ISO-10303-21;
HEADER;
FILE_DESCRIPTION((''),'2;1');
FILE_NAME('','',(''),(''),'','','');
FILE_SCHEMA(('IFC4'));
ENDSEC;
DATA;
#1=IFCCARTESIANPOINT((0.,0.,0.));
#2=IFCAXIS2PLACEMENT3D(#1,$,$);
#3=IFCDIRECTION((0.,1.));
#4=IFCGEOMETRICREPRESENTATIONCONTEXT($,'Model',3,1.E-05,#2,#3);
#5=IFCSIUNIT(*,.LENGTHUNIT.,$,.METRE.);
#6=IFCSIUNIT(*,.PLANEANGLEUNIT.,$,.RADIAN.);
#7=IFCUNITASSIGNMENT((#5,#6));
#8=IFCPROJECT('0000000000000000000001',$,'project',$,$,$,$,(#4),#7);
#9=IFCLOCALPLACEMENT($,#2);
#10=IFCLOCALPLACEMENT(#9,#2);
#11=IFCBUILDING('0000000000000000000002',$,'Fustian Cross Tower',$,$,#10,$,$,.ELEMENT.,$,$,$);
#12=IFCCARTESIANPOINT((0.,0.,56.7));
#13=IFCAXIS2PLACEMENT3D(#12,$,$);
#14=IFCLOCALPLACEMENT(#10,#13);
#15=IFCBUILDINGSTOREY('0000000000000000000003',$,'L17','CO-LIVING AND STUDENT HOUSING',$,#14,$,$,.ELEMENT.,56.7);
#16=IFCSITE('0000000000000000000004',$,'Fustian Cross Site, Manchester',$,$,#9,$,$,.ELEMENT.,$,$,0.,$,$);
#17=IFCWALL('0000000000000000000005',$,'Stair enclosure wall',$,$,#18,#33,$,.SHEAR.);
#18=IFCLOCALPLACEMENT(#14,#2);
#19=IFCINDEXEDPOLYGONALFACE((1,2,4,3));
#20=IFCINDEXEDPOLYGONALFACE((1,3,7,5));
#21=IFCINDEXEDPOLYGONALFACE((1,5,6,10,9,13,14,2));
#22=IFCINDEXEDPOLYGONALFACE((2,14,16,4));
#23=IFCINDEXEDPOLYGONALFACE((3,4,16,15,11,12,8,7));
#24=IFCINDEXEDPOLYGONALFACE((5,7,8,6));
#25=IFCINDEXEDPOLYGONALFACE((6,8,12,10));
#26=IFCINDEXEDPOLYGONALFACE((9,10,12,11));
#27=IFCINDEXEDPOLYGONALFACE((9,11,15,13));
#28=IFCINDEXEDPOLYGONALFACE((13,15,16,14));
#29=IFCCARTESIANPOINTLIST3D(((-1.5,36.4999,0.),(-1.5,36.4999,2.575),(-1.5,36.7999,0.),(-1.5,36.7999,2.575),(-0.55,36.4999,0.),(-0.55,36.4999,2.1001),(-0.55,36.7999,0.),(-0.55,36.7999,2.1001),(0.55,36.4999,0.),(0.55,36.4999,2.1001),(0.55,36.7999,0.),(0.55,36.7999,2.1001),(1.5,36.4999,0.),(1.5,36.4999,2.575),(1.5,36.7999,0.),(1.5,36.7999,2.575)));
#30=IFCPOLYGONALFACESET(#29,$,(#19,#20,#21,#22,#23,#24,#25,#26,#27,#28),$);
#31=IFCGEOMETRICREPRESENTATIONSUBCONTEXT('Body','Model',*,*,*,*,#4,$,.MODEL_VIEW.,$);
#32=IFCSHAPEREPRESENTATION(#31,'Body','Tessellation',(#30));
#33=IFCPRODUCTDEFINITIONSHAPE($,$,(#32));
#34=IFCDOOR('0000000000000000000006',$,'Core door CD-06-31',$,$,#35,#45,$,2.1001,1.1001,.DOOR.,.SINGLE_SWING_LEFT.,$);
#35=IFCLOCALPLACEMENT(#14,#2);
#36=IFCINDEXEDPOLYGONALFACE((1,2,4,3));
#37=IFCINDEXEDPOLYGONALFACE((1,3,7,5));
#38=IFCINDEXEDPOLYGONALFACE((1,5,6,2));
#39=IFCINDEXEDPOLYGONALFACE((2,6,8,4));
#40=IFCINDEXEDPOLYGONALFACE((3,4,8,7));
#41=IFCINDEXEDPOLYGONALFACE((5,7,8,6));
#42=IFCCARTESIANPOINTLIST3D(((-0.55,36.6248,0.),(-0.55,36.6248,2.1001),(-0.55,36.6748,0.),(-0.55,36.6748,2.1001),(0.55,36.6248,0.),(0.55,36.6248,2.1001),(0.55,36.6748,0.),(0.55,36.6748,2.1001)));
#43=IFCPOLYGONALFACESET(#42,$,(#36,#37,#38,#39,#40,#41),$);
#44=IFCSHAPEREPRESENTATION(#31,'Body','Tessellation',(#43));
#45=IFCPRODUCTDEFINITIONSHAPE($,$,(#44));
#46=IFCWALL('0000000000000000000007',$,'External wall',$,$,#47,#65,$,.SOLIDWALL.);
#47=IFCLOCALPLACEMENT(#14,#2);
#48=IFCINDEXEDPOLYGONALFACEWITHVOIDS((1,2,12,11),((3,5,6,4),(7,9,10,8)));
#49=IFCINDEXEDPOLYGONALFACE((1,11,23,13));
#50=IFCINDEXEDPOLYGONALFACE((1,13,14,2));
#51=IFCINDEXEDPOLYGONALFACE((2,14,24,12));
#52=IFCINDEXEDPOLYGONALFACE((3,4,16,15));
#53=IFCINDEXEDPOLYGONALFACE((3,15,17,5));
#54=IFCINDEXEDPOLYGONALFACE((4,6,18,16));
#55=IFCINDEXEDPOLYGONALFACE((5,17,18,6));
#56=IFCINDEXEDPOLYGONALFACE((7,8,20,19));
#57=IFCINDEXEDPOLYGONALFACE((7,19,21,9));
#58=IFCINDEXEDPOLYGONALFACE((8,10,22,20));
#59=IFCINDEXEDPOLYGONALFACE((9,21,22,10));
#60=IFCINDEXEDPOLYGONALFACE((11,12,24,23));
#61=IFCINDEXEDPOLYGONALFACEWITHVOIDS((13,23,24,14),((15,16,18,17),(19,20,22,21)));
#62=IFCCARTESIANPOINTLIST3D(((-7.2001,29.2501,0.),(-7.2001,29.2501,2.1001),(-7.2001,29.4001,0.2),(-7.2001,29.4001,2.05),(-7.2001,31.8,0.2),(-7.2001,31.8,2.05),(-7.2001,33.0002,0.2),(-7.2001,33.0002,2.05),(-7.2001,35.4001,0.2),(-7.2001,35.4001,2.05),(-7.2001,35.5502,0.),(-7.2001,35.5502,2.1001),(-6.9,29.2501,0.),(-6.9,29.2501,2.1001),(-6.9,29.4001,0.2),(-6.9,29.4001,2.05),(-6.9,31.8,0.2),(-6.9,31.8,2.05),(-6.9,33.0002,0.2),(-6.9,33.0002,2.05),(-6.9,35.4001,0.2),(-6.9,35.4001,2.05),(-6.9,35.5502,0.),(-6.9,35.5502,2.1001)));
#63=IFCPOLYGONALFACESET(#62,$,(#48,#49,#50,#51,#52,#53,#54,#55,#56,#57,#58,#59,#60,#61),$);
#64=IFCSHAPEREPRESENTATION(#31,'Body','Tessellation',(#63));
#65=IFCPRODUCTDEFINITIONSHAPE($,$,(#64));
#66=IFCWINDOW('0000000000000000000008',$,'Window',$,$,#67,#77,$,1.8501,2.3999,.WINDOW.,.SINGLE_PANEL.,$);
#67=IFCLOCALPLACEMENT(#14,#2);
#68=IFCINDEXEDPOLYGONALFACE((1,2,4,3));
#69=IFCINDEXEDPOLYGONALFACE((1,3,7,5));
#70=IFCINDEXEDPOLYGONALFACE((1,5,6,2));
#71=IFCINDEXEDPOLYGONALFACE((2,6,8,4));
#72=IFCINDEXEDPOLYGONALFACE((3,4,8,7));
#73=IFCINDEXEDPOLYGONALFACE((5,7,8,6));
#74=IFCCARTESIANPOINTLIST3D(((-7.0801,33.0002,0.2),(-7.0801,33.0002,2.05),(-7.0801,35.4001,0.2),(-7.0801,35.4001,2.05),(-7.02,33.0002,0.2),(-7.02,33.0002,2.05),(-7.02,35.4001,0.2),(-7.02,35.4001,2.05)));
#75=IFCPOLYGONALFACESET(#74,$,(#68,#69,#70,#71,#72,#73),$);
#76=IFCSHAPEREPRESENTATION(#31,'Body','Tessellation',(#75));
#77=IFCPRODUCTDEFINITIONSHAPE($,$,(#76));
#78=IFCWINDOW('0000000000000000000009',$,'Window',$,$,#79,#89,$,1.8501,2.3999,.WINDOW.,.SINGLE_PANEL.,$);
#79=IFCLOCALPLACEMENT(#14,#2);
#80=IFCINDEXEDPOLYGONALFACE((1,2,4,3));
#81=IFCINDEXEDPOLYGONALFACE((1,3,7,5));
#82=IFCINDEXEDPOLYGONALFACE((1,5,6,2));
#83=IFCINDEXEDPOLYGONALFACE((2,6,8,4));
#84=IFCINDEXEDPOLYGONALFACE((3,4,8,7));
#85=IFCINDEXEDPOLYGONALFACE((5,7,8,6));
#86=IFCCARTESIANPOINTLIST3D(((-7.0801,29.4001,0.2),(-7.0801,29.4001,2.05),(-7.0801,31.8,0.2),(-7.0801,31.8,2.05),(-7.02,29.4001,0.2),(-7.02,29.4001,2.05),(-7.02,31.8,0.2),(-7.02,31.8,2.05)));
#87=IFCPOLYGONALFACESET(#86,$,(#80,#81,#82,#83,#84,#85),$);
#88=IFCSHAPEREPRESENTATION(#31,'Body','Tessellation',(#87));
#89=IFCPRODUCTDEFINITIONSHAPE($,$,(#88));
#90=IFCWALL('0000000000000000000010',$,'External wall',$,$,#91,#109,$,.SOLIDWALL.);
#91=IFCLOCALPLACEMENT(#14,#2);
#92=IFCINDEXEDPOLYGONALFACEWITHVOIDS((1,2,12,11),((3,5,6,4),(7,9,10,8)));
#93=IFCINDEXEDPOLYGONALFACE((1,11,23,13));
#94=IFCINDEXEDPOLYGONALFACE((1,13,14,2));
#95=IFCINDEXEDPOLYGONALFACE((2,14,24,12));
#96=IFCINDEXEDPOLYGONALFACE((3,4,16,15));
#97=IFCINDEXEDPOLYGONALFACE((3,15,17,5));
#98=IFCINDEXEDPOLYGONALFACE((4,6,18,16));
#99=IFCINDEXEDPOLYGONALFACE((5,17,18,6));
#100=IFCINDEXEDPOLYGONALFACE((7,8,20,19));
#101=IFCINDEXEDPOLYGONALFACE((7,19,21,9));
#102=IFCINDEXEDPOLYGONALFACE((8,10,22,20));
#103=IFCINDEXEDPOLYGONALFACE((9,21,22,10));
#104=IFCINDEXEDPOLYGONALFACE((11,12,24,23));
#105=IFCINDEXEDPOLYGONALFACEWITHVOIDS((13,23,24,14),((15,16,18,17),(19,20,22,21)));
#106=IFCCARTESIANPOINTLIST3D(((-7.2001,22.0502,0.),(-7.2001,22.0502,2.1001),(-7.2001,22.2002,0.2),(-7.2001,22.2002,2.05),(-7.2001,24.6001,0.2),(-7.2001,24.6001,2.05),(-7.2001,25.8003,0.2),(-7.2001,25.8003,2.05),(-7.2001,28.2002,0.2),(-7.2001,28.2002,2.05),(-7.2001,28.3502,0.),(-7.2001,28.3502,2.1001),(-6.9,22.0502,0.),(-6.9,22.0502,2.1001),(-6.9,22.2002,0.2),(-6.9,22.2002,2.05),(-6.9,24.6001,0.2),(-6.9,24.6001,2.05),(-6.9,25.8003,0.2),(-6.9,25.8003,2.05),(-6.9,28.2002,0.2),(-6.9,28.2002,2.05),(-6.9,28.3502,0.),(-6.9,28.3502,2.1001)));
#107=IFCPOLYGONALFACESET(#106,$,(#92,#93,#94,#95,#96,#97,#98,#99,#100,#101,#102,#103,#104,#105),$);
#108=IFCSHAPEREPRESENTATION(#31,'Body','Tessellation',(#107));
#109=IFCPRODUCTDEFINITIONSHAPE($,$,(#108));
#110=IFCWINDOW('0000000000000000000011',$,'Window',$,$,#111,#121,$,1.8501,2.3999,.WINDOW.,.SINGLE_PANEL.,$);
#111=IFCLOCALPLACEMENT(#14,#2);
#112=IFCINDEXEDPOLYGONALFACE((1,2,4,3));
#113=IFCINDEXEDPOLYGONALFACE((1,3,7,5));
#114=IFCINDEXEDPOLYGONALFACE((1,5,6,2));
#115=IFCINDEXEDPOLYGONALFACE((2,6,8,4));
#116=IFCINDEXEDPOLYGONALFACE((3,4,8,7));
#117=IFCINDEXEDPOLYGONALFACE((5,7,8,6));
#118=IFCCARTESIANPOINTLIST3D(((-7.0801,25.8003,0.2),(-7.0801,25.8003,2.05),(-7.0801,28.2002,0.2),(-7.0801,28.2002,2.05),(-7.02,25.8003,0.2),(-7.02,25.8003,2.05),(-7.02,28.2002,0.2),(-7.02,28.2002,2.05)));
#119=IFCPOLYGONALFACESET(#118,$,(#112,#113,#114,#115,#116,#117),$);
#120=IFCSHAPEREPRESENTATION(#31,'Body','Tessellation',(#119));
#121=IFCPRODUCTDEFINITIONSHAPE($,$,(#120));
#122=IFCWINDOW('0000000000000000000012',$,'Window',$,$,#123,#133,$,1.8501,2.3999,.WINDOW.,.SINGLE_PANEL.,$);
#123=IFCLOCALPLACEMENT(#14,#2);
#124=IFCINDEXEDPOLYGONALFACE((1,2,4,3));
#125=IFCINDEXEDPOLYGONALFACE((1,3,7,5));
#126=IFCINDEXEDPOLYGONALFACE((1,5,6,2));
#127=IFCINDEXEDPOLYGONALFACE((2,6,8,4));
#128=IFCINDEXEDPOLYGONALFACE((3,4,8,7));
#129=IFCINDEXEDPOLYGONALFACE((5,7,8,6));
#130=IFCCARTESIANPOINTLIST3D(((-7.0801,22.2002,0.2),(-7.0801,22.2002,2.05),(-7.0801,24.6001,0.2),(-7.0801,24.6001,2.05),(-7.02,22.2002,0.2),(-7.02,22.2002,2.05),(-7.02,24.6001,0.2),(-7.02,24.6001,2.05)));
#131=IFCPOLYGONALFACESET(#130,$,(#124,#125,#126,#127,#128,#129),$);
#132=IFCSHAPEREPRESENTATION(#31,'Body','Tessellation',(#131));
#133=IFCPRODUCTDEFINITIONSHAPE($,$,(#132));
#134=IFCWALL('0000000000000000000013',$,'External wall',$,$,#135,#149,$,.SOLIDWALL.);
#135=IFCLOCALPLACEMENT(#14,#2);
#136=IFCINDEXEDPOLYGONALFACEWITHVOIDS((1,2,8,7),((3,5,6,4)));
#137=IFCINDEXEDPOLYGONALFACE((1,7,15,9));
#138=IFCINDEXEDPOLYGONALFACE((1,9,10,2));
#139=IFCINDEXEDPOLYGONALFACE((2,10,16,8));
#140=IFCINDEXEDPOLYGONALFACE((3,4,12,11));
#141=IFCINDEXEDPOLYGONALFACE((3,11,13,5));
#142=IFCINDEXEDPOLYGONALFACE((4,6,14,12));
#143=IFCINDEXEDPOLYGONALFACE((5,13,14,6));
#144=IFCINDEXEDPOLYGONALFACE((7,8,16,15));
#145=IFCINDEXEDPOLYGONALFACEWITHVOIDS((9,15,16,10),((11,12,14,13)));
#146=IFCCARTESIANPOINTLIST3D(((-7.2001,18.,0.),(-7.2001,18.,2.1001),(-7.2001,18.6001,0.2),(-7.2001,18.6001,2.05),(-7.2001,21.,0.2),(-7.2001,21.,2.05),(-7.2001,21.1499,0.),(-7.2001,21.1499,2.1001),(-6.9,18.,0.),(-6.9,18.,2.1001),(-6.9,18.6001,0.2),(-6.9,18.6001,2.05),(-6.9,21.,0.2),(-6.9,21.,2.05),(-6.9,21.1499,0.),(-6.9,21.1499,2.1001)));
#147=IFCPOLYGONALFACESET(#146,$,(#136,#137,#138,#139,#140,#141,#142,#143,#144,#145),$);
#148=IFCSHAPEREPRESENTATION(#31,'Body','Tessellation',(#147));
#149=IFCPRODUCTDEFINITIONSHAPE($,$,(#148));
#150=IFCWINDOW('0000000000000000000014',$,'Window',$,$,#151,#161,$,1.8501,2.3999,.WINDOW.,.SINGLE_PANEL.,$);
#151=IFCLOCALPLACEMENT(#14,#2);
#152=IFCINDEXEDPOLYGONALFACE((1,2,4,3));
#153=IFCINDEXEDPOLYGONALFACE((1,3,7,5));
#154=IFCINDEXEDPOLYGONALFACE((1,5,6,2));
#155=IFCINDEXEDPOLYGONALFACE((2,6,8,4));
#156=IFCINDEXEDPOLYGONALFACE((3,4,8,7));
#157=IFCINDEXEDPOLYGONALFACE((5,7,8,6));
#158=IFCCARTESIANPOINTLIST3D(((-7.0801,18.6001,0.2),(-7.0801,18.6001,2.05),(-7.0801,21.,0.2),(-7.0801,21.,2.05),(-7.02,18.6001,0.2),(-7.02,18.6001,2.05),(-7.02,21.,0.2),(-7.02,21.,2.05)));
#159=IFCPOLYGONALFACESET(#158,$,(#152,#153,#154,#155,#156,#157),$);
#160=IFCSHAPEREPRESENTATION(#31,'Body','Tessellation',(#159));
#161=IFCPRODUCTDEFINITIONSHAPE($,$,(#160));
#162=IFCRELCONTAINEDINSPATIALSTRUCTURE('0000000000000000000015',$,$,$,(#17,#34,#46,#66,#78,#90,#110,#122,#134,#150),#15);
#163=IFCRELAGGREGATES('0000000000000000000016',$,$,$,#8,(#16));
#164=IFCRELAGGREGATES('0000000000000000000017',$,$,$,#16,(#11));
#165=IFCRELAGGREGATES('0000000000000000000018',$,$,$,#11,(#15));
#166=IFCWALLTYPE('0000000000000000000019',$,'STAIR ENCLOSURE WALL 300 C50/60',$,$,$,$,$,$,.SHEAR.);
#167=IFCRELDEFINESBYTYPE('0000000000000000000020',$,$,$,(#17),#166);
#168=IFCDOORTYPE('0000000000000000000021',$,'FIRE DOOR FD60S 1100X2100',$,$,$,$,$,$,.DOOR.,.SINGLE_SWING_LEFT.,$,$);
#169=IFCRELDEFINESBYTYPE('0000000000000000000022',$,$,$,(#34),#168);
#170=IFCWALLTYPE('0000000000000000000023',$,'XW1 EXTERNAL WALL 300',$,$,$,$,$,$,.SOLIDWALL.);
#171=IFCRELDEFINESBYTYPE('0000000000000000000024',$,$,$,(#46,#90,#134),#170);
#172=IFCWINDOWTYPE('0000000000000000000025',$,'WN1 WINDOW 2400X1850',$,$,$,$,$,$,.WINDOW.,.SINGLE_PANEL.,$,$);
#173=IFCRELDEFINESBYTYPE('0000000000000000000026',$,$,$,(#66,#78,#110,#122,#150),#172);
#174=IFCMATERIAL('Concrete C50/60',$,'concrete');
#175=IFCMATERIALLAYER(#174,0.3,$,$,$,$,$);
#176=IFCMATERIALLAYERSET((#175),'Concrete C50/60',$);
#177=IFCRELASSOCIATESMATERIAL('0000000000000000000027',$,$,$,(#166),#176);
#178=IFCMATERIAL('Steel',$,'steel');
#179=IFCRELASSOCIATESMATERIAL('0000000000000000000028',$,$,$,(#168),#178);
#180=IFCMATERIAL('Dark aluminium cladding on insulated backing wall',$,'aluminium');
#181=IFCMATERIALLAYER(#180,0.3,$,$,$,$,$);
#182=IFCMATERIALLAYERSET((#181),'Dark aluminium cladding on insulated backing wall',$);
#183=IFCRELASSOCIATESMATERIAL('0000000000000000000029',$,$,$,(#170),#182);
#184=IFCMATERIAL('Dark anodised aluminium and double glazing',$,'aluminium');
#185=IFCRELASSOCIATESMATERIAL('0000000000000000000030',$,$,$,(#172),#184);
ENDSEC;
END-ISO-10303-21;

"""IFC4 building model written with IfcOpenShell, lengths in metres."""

from ifc_helpers import new_model, si_unit, direction, frame, frame_2d, origin, place, context, subcontext, project, spatial, rectangle, extrude, material, layer, layer_set, type_object, element, fill, save


model = new_model("IFC4")

# Units and contexts
model_context = context("Model", 3, precision=1e-05, world=origin(), true_north=direction((0.0, 1.0)))
body_context = subcontext(model_context, "Body", "Model", "MODEL_VIEW")
ifc_project = project(units=[si_unit("LENGTHUNIT", "METRE"), si_unit("PLANEANGLEUNIT", "RADIAN")], contexts=[model_context])

# Site, building, storey
site_placement = place(None, origin())
site = spatial("IfcSite", under=ifc_project, at=site_placement, Name="Fustian Cross Site, Manchester", CompositionType="ELEMENT", RefElevation=0.0)
building_placement = place(site_placement, origin())
building = spatial("IfcBuilding", under=site, at=building_placement, Name="Fustian Cross Tower", CompositionType="ELEMENT")
storey_placement = place(building_placement, frame((0.0, 0.0, 56.7)))
storey = spatial("IfcBuildingStorey", under=building, at=storey_placement, Name="L17", Description="CO-LIVING AND STUDENT HOUSING", CompositionType="ELEMENT", Elevation=56.7)

# Wall, opening, door
ifc_material_1 = material(Name="Concrete C50/60", Category="concrete")
ifc_layer_1 = layer(ifc_material_1, 0.3)
ifc_layer_set_1 = layer_set([ifc_layer_1], Name="Concrete C50/60")
wall_type_1 = type_object("IfcWallType", Name="STAIR ENCLOSURE WALL 300 C50/60", PredefinedType="SHEAR", material=ifc_layer_set_1)
wall_1_placement = place(storey_placement, frame((-1.5, 36.6499, 0.0), z_axis=(0.0, 0.0, 1.0), x_axis=(1.0, 0.0, 0.0)))
wall_1 = element("IfcWall", 1, at=wall_1_placement, inside=storey, type_object=wall_type_1, Name="Stair enclosure wall", PredefinedType="SHEAR", context=body_context, shape_type="SweptSolid", body=[
    extrude(rectangle(XDim=3.0, YDim=0.3, at=frame_2d((1.5, 0.0))), origin(), (0.0, 0.0, 1.0), 2.575),
])
opening_1_placement = place(wall_1_placement, frame((0.95, 0.0, 0.0)))
opening_1 = element("IfcOpeningElement", 2, at=opening_1_placement, cuts=wall_1, PredefinedType="OPENING", context=body_context, shape_type="SweptSolid", body=[
    extrude(rectangle(XDim=1.1001, YDim=2.1001, at=frame_2d((0.55, 1.05))), frame((0.0, 0.1599, 0.0), z_axis=(0.0, -1.0, 0.0), x_axis=(1.0, 0.0, 0.0)), (0.0, 0.0, 1.0), 0.3201),
])
ifc_material_2 = material(Name="Steel", Category="steel")
door_type_1 = type_object("IfcDoorType", Name="FIRE DOOR FD60S 1100X2100", OperationType="SINGLE_SWING_LEFT", PredefinedType="DOOR", material=ifc_material_2)
door_1_placement = place(opening_1_placement, origin())
door_1 = element("IfcDoor", 3, at=door_1_placement, inside=storey, type_object=door_type_1, Name="Core door CD-06-31", OperationType="SINGLE_SWING_LEFT", OverallHeight=2.1001, OverallWidth=1.1001, PredefinedType="DOOR", context=body_context, shape_type="SweptSolid", body=[
    extrude(rectangle(XDim=1.1001, YDim=2.1001, at=frame_2d((0.55, 1.05))), frame((0.0, 0.0249, 0.0), z_axis=(0.0, -1.0, 0.0), x_axis=(1.0, 0.0, 0.0)), (0.0, 0.0, 1.0), 0.05),
])
fill(opening_1, door_1)

# Walls, openings, windows
ifc_material_3 = material(Name="Dark aluminium cladding on insulated backing wall", Category="aluminium")
ifc_layer_2 = layer(ifc_material_3, 0.3)
ifc_layer_set_2 = layer_set([ifc_layer_2], Name="Dark aluminium cladding on insulated backing wall")
wall_type_2 = type_object("IfcWallType", Name="XW1 EXTERNAL WALL 300", PredefinedType="SOLIDWALL", material=ifc_layer_set_2)
wall_2_placement = place(storey_placement, frame((-7.05, 35.55, 0.0), z_axis=(0.0, 0.0, 1.0), x_axis=(0.0, -1.0, 0.0)))
wall_2 = element("IfcWall", 4, at=wall_2_placement, inside=storey, type_object=wall_type_2, Name="External wall", PredefinedType="SOLIDWALL", context=body_context, shape_type="SweptSolid", body=[
    extrude(rectangle(XDim=6.3, YDim=0.3, at=frame_2d((3.1499, 0.0))), origin(), (0.0, 0.0, 1.0), 2.1001),
])
opening_2_placement = place(wall_2_placement, frame((0.1499, 0.0, 0.2)))
opening_2 = element("IfcOpeningElement", 5, at=opening_2_placement, cuts=wall_2, PredefinedType="OPENING", context=body_context, shape_type="SweptSolid", body=[
    extrude(rectangle(XDim=2.3999, YDim=1.8501, at=frame_2d((1.2, 0.925))), frame((0.0, 0.1599, 0.0), z_axis=(0.0, -1.0, 0.0), x_axis=(1.0, 0.0, 0.0)), (0.0, 0.0, 1.0), 0.3201),
])
opening_3_placement = place(wall_2_placement, frame((3.75, 0.0, 0.2)))
opening_3 = element("IfcOpeningElement", 6, at=opening_3_placement, cuts=wall_2, PredefinedType="OPENING", context=body_context, shape_type="SweptSolid", body=[
    extrude(rectangle(XDim=2.3999, YDim=1.8501, at=frame_2d((1.2, 0.925))), frame((0.0, 0.1599, 0.0), z_axis=(0.0, -1.0, 0.0), x_axis=(1.0, 0.0, 0.0)), (0.0, 0.0, 1.0), 0.3201),
])
ifc_material_4 = material(Name="Dark anodised aluminium and double glazing", Category="aluminium")
window_type = type_object("IfcWindowType", Name="WN1 WINDOW 2400X1850", PartitioningType="SINGLE_PANEL", PredefinedType="WINDOW", material=ifc_material_4)
window_1_placement = place(opening_2_placement, origin())
window_1 = element("IfcWindow", 7, at=window_1_placement, inside=storey, type_object=window_type, Name="Window", OverallHeight=1.8501, OverallWidth=2.3999, PartitioningType="SINGLE_PANEL", PredefinedType="WINDOW", context=body_context, shape_type="SweptSolid", body=[
    extrude(rectangle(XDim=2.3999, YDim=1.8501, at=frame_2d((1.2, 0.925))), frame((0.0, 0.03, 0.0), z_axis=(0.0, -1.0, 0.0), x_axis=(1.0, 0.0, 0.0)), (0.0, 0.0, 1.0), 0.0601),
])
fill(opening_2, window_1)
window_2_placement = place(opening_3_placement, origin())
window_2 = element("IfcWindow", 8, at=window_2_placement, inside=storey, type_object=window_type, Name="Window", OverallHeight=1.8501, OverallWidth=2.3999, PartitioningType="SINGLE_PANEL", PredefinedType="WINDOW", context=body_context, shape_type="SweptSolid", body=[
    extrude(rectangle(XDim=2.3999, YDim=1.8501, at=frame_2d((1.2, 0.925))), frame((0.0, 0.03, 0.0), z_axis=(0.0, -1.0, 0.0), x_axis=(1.0, 0.0, 0.0)), (0.0, 0.0, 1.0), 0.0601),
])
fill(opening_3, window_2)
wall_3_placement = place(storey_placement, frame((-7.05, 28.3501, 0.0), z_axis=(0.0, 0.0, 1.0), x_axis=(0.0, -1.0, 0.0)))
wall_3 = element("IfcWall", 9, at=wall_3_placement, inside=storey, type_object=wall_type_2, Name="External wall", PredefinedType="SOLIDWALL", context=body_context, shape_type="SweptSolid", body=[
    extrude(rectangle(XDim=6.3, YDim=0.3, at=frame_2d((3.1499, 0.0))), origin(), (0.0, 0.0, 1.0), 2.1001),
])
opening_4_placement = place(wall_3_placement, frame((0.1499, 0.0, 0.2)))
opening_4 = element("IfcOpeningElement", 10, at=opening_4_placement, cuts=wall_3, PredefinedType="OPENING", context=body_context, shape_type="SweptSolid", body=[
    extrude(rectangle(XDim=2.3999, YDim=1.8501, at=frame_2d((1.2, 0.925))), frame((0.0, 0.1599, 0.0), z_axis=(0.0, -1.0, 0.0), x_axis=(1.0, 0.0, 0.0)), (0.0, 0.0, 1.0), 0.3201),
])
opening_5_placement = place(wall_3_placement, frame((3.75, 0.0, 0.2)))
opening_5 = element("IfcOpeningElement", 11, at=opening_5_placement, cuts=wall_3, PredefinedType="OPENING", context=body_context, shape_type="SweptSolid", body=[
    extrude(rectangle(XDim=2.3999, YDim=1.8501, at=frame_2d((1.2, 0.925))), frame((0.0, 0.1599, 0.0), z_axis=(0.0, -1.0, 0.0), x_axis=(1.0, 0.0, 0.0)), (0.0, 0.0, 1.0), 0.3201),
])
window_3_placement = place(opening_4_placement, origin())
window_3 = element("IfcWindow", 12, at=window_3_placement, inside=storey, type_object=window_type, Name="Window", OverallHeight=1.8501, OverallWidth=2.3999, PartitioningType="SINGLE_PANEL", PredefinedType="WINDOW", context=body_context, shape_type="SweptSolid", body=[
    extrude(rectangle(XDim=2.3999, YDim=1.8501, at=frame_2d((1.2, 0.925))), frame((0.0, 0.03, 0.0), z_axis=(0.0, -1.0, 0.0), x_axis=(1.0, 0.0, 0.0)), (0.0, 0.0, 1.0), 0.0601),
])
fill(opening_4, window_3)
window_4_placement = place(opening_5_placement, origin())
window_4 = element("IfcWindow", 13, at=window_4_placement, inside=storey, type_object=window_type, Name="Window", OverallHeight=1.8501, OverallWidth=2.3999, PartitioningType="SINGLE_PANEL", PredefinedType="WINDOW", context=body_context, shape_type="SweptSolid", body=[
    extrude(rectangle(XDim=2.3999, YDim=1.8501, at=frame_2d((1.2, 0.925))), frame((0.0, 0.03, 0.0), z_axis=(0.0, -1.0, 0.0), x_axis=(1.0, 0.0, 0.0)), (0.0, 0.0, 1.0), 0.0601),
])
fill(opening_5, window_4)

# Wall, opening, window
wall_4_placement = place(storey_placement, frame((-7.05, 21.1499, 0.0), z_axis=(0.0, 0.0, 1.0), x_axis=(0.0, -1.0, 0.0)))
wall_4 = element("IfcWall", 14, at=wall_4_placement, inside=storey, type_object=wall_type_2, Name="External wall", PredefinedType="SOLIDWALL", context=body_context, shape_type="SweptSolid", body=[
    extrude(rectangle(XDim=3.1499, YDim=0.3, at=frame_2d((1.575, 0.0))), origin(), (0.0, 0.0, 1.0), 2.1001),
])
opening_6_placement = place(wall_4_placement, frame((0.1499, 0.0, 0.2)))
opening_6 = element("IfcOpeningElement", 15, at=opening_6_placement, cuts=wall_4, PredefinedType="OPENING", context=body_context, shape_type="SweptSolid", body=[
    extrude(rectangle(XDim=2.3999, YDim=1.8501, at=frame_2d((1.2, 0.925))), frame((0.0, 0.1599, 0.0), z_axis=(0.0, -1.0, 0.0), x_axis=(1.0, 0.0, 0.0)), (0.0, 0.0, 1.0), 0.3201),
])
window_5_placement = place(opening_6_placement, origin())
window_5 = element("IfcWindow", 16, at=window_5_placement, inside=storey, type_object=window_type, Name="Window", OverallHeight=1.8501, OverallWidth=2.3999, PartitioningType="SINGLE_PANEL", PredefinedType="WINDOW", context=body_context, shape_type="SweptSolid", body=[
    extrude(rectangle(XDim=2.3999, YDim=1.8501, at=frame_2d((1.2, 0.925))), frame((0.0, 0.03, 0.0), z_axis=(0.0, -1.0, 0.0), x_axis=(1.0, 0.0, 0.0)), (0.0, 0.0, 1.0), 0.0601),
])
fill(opening_6, window_5)

save(model, "model.ifc")
